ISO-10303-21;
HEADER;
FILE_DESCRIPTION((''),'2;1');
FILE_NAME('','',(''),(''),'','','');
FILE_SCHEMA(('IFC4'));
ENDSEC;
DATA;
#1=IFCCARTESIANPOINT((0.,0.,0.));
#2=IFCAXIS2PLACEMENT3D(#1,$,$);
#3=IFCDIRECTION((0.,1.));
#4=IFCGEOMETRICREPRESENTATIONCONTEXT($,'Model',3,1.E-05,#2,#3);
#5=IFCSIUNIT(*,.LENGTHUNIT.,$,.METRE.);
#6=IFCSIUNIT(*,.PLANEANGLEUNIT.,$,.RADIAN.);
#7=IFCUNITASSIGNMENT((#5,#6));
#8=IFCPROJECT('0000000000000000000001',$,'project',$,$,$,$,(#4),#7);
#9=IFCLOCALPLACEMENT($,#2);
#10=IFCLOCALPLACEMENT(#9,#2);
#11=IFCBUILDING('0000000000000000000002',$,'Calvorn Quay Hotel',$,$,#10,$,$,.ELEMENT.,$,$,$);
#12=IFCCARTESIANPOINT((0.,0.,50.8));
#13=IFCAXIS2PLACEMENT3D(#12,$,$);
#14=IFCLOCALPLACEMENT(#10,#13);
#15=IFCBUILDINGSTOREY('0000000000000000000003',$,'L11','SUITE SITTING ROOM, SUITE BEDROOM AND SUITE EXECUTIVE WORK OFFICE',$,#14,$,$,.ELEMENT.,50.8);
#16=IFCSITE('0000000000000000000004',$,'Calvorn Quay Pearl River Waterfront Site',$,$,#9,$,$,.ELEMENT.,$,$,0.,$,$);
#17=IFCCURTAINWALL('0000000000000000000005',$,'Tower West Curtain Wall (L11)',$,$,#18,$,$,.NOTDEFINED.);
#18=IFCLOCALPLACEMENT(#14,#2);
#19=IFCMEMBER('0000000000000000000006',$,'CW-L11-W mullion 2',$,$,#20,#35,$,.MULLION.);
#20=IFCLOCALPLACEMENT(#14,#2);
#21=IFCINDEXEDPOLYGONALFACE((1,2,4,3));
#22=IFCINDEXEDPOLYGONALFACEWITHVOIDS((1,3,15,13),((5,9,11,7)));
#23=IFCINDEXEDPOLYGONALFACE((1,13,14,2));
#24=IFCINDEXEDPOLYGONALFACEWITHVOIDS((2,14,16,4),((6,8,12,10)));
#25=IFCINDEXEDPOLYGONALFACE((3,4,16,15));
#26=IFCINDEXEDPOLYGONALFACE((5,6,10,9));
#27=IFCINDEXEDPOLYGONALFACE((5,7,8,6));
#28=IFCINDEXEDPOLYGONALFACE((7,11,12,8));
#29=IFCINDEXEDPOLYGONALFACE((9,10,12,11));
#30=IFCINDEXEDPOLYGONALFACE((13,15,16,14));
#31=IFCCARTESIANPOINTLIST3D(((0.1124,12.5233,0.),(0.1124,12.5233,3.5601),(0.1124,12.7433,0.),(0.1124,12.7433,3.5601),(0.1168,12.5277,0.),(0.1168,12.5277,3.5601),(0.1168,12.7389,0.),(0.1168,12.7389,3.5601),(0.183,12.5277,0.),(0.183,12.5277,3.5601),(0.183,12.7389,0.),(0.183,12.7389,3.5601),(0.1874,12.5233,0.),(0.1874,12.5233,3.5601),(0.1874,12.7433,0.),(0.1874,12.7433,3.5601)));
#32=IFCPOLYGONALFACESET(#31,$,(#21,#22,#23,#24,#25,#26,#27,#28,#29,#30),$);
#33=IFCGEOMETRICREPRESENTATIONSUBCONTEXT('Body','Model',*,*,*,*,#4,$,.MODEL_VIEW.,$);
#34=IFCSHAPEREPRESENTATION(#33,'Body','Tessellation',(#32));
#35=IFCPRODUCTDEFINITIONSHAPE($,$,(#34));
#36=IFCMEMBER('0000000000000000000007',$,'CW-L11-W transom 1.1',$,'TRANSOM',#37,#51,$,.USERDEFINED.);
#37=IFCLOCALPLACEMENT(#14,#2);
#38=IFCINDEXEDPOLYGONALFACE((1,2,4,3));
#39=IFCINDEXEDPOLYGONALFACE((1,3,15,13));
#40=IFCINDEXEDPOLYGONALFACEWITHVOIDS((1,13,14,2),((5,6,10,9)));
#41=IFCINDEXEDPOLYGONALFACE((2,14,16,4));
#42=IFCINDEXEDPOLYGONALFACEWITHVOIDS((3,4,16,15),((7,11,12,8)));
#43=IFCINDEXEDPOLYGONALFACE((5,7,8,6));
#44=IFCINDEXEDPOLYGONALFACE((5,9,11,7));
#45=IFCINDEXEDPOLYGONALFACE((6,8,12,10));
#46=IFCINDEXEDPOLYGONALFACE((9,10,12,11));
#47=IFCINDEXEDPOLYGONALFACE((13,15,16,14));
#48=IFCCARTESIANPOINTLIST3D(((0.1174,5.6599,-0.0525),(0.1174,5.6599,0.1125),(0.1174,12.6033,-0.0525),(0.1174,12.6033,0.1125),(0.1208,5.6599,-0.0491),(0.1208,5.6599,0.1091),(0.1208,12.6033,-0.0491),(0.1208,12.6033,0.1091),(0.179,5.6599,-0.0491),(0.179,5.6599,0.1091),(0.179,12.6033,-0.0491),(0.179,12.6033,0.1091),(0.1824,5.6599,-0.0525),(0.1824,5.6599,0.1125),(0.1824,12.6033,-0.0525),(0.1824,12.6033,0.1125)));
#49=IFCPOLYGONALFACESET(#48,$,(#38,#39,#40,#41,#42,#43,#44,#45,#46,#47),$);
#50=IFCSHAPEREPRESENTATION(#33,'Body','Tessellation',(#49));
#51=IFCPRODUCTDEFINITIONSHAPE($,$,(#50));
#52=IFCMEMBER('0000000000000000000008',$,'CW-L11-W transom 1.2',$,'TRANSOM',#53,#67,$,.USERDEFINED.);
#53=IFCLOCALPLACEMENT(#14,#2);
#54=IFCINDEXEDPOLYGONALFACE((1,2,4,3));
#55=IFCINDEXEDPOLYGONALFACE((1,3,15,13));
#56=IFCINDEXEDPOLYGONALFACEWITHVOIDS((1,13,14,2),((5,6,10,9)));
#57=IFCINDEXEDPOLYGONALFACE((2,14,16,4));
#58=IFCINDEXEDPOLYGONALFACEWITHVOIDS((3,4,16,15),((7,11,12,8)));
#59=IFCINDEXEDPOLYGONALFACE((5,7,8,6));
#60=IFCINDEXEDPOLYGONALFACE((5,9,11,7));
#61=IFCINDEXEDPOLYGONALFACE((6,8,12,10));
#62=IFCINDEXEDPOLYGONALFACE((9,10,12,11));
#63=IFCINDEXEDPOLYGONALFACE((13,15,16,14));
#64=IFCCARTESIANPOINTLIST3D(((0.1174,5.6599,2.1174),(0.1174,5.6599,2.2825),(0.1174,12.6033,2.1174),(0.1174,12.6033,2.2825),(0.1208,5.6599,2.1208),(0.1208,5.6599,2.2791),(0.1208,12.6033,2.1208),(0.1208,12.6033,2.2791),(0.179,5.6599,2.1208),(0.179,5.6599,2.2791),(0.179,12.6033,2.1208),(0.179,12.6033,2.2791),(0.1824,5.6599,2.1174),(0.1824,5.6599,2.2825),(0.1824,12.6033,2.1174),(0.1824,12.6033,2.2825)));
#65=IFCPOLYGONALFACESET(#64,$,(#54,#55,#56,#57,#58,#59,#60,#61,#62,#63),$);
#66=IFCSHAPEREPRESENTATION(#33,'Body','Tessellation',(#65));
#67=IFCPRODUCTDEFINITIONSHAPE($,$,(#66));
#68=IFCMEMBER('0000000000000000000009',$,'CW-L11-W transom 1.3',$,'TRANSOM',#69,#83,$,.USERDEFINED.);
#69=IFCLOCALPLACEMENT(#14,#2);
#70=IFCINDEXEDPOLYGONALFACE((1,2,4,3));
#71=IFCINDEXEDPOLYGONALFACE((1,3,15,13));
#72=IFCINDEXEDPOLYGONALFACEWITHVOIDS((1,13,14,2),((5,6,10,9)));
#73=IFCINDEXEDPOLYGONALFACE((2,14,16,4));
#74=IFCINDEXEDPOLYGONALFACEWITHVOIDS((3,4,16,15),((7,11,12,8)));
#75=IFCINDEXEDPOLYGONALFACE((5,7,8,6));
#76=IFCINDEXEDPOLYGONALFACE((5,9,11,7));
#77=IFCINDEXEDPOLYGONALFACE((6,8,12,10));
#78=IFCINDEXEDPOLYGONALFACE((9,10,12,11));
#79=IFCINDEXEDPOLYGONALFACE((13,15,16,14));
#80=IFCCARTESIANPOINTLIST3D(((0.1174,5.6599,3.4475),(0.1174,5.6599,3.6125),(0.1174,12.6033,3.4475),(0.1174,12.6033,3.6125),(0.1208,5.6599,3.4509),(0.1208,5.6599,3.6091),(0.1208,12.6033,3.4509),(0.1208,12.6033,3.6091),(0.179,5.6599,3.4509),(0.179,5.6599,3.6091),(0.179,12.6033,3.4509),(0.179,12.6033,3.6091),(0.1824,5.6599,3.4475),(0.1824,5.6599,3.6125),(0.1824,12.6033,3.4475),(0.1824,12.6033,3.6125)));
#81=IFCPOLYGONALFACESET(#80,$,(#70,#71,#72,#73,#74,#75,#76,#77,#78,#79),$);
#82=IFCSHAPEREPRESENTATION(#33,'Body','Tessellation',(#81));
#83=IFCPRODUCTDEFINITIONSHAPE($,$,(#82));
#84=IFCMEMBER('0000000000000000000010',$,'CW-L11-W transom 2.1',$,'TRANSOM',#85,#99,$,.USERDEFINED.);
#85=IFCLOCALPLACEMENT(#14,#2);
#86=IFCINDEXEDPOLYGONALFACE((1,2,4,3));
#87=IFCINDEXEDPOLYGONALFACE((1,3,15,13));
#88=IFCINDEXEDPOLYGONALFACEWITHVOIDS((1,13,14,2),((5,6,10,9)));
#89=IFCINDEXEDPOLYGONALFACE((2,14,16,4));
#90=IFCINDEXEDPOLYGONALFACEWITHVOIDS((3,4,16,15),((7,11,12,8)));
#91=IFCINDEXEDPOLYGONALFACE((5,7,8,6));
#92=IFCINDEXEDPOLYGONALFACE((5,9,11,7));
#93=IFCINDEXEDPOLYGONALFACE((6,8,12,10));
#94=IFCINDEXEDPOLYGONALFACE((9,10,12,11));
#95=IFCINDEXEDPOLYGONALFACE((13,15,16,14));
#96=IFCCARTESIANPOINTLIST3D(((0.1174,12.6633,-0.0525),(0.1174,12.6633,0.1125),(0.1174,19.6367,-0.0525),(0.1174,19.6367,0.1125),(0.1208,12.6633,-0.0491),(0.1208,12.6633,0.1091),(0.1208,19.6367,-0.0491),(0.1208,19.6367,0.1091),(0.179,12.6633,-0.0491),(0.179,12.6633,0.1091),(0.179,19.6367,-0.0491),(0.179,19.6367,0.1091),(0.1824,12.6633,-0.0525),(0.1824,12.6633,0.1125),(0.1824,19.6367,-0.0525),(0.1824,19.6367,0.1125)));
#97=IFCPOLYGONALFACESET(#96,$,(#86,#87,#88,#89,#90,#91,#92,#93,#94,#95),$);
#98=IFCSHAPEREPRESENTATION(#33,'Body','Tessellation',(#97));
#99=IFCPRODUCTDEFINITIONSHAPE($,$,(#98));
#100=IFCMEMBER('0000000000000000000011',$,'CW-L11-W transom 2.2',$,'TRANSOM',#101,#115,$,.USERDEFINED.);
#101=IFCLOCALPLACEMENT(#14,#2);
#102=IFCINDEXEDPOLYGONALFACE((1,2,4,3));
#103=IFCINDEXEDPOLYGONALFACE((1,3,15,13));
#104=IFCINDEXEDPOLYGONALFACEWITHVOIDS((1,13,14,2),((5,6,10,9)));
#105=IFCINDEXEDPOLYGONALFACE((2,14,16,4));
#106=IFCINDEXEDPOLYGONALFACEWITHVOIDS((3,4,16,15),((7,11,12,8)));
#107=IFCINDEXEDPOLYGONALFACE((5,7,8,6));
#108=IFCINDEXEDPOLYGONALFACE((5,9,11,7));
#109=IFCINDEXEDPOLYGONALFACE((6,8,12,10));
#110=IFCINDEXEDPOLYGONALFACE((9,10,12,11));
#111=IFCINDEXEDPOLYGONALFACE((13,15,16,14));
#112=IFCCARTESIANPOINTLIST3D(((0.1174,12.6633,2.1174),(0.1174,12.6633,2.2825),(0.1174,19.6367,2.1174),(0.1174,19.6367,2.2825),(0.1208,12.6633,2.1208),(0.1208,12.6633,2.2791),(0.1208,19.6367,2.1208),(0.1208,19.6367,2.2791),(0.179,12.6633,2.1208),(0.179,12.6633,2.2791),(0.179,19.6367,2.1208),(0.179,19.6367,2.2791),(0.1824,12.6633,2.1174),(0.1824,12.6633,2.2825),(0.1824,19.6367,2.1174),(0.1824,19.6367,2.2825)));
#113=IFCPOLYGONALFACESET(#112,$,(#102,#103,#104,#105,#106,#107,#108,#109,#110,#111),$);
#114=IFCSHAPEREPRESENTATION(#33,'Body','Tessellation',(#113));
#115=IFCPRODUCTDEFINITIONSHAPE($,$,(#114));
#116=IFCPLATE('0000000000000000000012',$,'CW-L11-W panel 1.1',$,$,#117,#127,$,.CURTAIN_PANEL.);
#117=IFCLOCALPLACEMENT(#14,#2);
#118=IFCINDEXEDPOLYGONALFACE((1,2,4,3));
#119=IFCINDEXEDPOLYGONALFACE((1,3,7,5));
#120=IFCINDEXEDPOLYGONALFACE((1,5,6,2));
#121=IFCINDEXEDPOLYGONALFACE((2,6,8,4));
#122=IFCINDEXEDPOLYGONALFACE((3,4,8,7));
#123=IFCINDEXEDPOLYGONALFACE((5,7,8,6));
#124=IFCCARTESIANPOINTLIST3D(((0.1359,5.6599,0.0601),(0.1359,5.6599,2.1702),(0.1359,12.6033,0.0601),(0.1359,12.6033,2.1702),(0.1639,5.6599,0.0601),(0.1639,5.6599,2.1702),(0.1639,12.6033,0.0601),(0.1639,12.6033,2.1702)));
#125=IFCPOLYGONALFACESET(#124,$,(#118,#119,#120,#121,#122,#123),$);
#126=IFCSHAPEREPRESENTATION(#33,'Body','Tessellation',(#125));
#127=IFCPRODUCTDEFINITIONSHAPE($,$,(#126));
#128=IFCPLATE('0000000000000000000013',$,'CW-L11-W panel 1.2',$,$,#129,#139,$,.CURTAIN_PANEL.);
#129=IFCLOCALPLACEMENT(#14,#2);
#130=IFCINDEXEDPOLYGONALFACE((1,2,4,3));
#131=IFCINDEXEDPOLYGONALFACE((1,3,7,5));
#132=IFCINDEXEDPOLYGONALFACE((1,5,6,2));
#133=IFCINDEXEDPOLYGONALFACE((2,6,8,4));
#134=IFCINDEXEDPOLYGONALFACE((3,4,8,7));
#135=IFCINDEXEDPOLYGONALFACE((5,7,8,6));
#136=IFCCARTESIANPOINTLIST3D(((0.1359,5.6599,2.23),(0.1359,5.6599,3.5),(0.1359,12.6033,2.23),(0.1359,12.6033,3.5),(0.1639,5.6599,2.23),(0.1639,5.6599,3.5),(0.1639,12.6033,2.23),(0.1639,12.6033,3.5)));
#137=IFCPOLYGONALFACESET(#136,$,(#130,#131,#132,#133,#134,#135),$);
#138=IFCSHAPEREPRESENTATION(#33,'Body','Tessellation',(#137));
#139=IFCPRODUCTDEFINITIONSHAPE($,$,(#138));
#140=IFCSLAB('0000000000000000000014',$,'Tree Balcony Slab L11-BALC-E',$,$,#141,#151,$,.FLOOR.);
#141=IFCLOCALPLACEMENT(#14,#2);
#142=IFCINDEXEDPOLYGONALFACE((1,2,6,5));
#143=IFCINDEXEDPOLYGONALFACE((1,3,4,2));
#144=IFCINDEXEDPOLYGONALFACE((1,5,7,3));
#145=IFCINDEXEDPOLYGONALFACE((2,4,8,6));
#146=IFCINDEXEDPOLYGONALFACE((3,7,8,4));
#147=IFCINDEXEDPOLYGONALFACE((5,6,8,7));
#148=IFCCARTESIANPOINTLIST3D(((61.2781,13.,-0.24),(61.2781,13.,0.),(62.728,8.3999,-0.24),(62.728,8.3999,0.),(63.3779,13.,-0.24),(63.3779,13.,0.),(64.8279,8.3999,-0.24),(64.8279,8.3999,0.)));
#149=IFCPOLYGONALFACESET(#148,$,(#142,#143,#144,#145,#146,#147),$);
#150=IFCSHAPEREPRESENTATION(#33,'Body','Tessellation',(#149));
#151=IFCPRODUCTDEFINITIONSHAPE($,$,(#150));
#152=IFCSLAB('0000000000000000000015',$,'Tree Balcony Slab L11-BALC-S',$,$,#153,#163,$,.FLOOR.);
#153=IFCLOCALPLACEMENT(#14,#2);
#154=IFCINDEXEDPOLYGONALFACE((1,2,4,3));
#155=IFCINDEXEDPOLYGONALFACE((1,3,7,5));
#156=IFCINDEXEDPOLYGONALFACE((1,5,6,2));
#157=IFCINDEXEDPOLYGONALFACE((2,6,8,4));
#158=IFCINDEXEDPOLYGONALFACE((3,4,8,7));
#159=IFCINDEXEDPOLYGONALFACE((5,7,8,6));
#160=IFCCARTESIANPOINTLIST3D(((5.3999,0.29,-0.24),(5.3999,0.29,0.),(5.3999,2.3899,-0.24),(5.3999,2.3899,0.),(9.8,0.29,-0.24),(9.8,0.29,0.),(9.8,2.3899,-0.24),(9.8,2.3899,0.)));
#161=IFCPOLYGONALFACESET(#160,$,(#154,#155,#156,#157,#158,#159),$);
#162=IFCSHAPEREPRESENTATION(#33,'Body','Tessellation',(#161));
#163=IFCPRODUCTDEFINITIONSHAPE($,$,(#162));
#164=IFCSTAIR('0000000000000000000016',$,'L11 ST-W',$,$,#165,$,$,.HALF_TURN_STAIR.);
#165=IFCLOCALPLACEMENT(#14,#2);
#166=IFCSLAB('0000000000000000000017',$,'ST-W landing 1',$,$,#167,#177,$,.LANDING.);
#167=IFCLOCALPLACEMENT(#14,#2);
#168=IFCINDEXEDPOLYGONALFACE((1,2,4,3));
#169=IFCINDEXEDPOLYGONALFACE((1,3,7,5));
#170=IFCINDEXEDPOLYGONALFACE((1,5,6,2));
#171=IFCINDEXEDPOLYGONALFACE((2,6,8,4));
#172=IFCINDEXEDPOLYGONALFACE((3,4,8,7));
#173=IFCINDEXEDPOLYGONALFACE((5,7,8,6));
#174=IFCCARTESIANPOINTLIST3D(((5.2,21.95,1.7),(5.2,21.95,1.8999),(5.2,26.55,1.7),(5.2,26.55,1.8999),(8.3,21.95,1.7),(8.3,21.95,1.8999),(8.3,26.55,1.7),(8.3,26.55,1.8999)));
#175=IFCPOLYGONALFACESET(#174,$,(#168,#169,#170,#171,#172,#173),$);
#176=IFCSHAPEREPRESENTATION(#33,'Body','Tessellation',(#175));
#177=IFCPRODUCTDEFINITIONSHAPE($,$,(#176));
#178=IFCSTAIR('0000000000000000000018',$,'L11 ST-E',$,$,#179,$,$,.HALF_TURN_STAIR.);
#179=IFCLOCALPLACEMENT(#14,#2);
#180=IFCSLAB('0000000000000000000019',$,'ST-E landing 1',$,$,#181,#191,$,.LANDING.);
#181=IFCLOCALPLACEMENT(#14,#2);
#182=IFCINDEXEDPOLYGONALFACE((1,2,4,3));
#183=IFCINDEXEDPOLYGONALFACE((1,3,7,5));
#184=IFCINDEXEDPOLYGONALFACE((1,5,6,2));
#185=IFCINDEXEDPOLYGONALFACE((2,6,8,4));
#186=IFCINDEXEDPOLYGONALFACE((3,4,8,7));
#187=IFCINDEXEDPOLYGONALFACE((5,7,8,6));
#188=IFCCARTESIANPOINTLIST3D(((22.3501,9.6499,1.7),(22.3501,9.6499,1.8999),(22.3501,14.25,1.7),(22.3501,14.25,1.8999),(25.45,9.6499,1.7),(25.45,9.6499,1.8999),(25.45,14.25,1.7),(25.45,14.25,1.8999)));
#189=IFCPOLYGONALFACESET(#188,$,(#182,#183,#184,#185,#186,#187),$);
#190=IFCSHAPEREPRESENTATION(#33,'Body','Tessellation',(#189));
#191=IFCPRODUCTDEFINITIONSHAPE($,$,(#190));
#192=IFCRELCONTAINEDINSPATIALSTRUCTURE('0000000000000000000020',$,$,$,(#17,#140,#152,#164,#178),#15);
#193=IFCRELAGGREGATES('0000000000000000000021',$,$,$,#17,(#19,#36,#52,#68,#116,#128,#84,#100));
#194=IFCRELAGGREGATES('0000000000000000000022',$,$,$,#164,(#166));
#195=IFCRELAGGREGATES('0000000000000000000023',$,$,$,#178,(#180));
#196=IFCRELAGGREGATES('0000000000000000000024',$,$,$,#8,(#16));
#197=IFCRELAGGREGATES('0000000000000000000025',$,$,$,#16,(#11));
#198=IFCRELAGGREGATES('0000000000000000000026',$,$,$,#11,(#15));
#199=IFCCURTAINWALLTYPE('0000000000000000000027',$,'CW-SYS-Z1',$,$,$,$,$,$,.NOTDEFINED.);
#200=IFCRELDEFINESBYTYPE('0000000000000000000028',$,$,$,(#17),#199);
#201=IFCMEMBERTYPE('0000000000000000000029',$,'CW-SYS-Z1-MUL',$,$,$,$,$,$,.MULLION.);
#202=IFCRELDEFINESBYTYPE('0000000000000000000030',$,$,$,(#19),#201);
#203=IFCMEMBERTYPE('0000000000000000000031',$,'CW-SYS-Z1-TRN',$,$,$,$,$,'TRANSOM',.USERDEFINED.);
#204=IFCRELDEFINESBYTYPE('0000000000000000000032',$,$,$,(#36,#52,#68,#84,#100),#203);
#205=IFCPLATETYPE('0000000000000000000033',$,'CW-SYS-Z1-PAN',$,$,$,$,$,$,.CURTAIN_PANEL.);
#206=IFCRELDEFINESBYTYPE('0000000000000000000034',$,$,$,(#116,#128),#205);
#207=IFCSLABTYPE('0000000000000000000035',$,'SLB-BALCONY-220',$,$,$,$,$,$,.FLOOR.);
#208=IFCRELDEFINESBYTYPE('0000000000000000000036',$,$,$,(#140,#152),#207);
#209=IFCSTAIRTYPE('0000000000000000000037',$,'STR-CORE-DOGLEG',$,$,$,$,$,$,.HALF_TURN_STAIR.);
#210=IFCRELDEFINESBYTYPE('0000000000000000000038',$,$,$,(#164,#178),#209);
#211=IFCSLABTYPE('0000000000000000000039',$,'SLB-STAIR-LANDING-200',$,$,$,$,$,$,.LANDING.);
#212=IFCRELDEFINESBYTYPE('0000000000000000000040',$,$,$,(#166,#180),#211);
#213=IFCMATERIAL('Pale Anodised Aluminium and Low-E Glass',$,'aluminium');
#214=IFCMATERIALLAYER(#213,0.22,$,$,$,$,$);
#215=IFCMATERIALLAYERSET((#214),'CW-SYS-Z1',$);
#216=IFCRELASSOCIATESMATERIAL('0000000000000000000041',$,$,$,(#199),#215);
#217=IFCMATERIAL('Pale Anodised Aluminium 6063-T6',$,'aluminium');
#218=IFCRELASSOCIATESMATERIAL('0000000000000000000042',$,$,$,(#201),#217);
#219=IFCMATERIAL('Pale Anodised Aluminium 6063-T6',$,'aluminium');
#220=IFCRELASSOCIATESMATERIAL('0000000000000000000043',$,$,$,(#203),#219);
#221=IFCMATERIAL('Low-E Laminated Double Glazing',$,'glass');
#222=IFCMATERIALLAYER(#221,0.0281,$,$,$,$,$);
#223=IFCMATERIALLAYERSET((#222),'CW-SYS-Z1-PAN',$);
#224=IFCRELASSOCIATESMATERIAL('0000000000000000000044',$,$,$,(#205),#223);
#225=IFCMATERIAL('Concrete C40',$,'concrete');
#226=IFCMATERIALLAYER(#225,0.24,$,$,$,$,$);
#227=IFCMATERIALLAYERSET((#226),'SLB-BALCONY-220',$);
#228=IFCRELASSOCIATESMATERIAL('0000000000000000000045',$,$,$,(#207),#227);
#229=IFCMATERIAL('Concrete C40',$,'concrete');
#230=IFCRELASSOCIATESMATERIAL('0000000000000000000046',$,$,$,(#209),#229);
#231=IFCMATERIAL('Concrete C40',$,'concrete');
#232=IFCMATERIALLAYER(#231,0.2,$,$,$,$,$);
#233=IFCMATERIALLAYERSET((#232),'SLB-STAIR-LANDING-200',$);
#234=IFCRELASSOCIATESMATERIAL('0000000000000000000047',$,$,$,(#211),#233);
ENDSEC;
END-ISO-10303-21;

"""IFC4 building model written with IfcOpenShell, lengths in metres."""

from ifc_helpers import new_model, si_unit, direction, frame, origin, origin_2d, place, context, subcontext, project, spatial, polyline, rectangle, hollow_rectangle, outline, extrude, material, layer, layer_set, material_profile, profile_set, type_object, element, aggregate, save


model = new_model("IFC4")

# Units and contexts
model_context = context("Model", 3, precision=1e-05, world=origin(), true_north=direction((0.0, 1.0)))
body_context = subcontext(model_context, "Body", "Model", "MODEL_VIEW")
ifc_project = project(units=[si_unit("LENGTHUNIT", "METRE"), si_unit("PLANEANGLEUNIT", "RADIAN")], contexts=[model_context])

# Site, building, storey
site_placement = place(None, origin())
site = spatial("IfcSite", under=ifc_project, at=site_placement, Name="Calvorn Quay Pearl River Waterfront Site", CompositionType="ELEMENT", RefElevation=0.0)
building_placement = place(site_placement, origin())
building = spatial("IfcBuilding", under=site, at=building_placement, Name="Calvorn Quay Hotel", CompositionType="ELEMENT")
storey_placement = place(building_placement, frame((0.0, 0.0, 50.8)))
storey = spatial("IfcBuildingStorey", under=building, at=storey_placement, Name="L11", Description="SUITE SITTING ROOM, SUITE BEDROOM AND SUITE EXECUTIVE WORK OFFICE", CompositionType="ELEMENT", Elevation=50.8)

# Curtain wall, members, plates
ifc_material_1 = material(Name="Pale Anodised Aluminium and Low-E Glass", Category="aluminium")
ifc_layer_1 = layer(ifc_material_1, 0.22)
ifc_layer_set_1 = layer_set([ifc_layer_1], Name="CW-SYS-Z1")
curtain_wall_type = type_object("IfcCurtainWallType", Name="CW-SYS-Z1", PredefinedType="NOTDEFINED", material=ifc_layer_set_1)
curtain_wall_placement = place(storey_placement, origin())
curtain_wall = element("IfcCurtainWall", 1, at=curtain_wall_placement, inside=storey, type_object=curtain_wall_type, Name="Tower West Curtain Wall (L11)", PredefinedType="NOTDEFINED")
ifc_material_2 = material(Name="Pale Anodised Aluminium 6063-T6", Category="aluminium")
ifc_material_profile_1 = material_profile(ifc_material_2, hollow_rectangle(XDim=0.075, YDim=0.22, WallThickness=0.0044, at=origin_2d()), Name="ALU-M220x75x4.5")
ifc_profile_set_1 = profile_set([ifc_material_profile_1], Name="Pale Anodised Aluminium 6063-T6")
member_type_1 = type_object("IfcMemberType", Name="CW-SYS-Z1-MUL", PredefinedType="MULLION", material=ifc_profile_set_1)
member_1_placement = place(storey_placement, frame((0.1499, 12.6333, 0.0), z_axis=(0.0, 0.0, 1.0), x_axis=(-1.0, 0.0, 0.0)))
member_1 = element("IfcMember", 2, at=member_1_placement, type_object=member_type_1, Name="CW-L11-W mullion 2", PredefinedType="MULLION", context=body_context, shape_type="SweptSolid", body=[
    extrude(hollow_rectangle(XDim=0.075, YDim=0.22, WallThickness=0.0044, at=origin_2d()), origin(), (0.0, 0.0, 1.0), 3.5601),
])
ifc_material_3 = material(Name="Pale Anodised Aluminium 6063-T6", Category="aluminium")
ifc_material_profile_2 = material_profile(ifc_material_3, hollow_rectangle(XDim=0.0649, YDim=0.165, WallThickness=0.0034, at=origin_2d()), Name="ALU-T165x65x3.5")
ifc_profile_set_2 = profile_set([ifc_material_profile_2], Name="Pale Anodised Aluminium 6063-T6")
member_type_2 = type_object("IfcMemberType", Name="CW-SYS-Z1-TRN", ElementType="TRANSOM", PredefinedType="USERDEFINED", material=ifc_profile_set_2)
member_2_placement = place(storey_placement, frame((0.1499, 5.6599, 0.03), z_axis=(0.0, 1.0, 0.0), x_axis=(-1.0, 0.0, 0.0)))
member_2 = element("IfcMember", 3, at=member_2_placement, type_object=member_type_2, Name="CW-L11-W transom 1.1", ObjectType="TRANSOM", PredefinedType="USERDEFINED", context=body_context, shape_type="SweptSolid", body=[
    extrude(hollow_rectangle(XDim=0.0649, YDim=0.165, WallThickness=0.0034, at=origin_2d()), origin(), (0.0, 0.0, 1.0), 6.9434),
])
member_3_placement = place(storey_placement, frame((0.1499, 5.6599, 2.2), z_axis=(0.0, 1.0, 0.0), x_axis=(-1.0, 0.0, 0.0)))
member_3 = element("IfcMember", 4, at=member_3_placement, type_object=member_type_2, Name="CW-L11-W transom 1.2", ObjectType="TRANSOM", PredefinedType="USERDEFINED", context=body_context, shape_type="SweptSolid", body=[
    extrude(hollow_rectangle(XDim=0.0649, YDim=0.165, WallThickness=0.0034, at=origin_2d()), origin(), (0.0, 0.0, 1.0), 6.9434),
])
member_4_placement = place(storey_placement, frame((0.1499, 5.6599, 3.53), z_axis=(0.0, 1.0, 0.0), x_axis=(-1.0, 0.0, 0.0)))
member_4 = element("IfcMember", 5, at=member_4_placement, type_object=member_type_2, Name="CW-L11-W transom 1.3", ObjectType="TRANSOM", PredefinedType="USERDEFINED", context=body_context, shape_type="SweptSolid", body=[
    extrude(hollow_rectangle(XDim=0.0649, YDim=0.165, WallThickness=0.0034, at=origin_2d()), origin(), (0.0, 0.0, 1.0), 6.9434),
])
member_5_placement = place(storey_placement, frame((0.1499, 12.6633, 0.03), z_axis=(0.0, 1.0, 0.0), x_axis=(-1.0, 0.0, 0.0)))
member_5 = element("IfcMember", 6, at=member_5_placement, type_object=member_type_2, Name="CW-L11-W transom 2.1", ObjectType="TRANSOM", PredefinedType="USERDEFINED", context=body_context, shape_type="SweptSolid", body=[
    extrude(hollow_rectangle(XDim=0.0649, YDim=0.165, WallThickness=0.0034, at=origin_2d()), origin(), (0.0, 0.0, 1.0), 6.9734),
])
member_6_placement = place(storey_placement, frame((0.1499, 12.6633, 2.2), z_axis=(0.0, 1.0, 0.0), x_axis=(-1.0, 0.0, 0.0)))
member_6 = element("IfcMember", 7, at=member_6_placement, type_object=member_type_2, Name="CW-L11-W transom 2.2", ObjectType="TRANSOM", PredefinedType="USERDEFINED", context=body_context, shape_type="SweptSolid", body=[
    extrude(hollow_rectangle(XDim=0.0649, YDim=0.165, WallThickness=0.0034, at=origin_2d()), origin(), (0.0, 0.0, 1.0), 6.9734),
])
ifc_material_4 = material(Name="Low-E Laminated Double Glazing", Category="glass")
ifc_layer_2 = layer(ifc_material_4, 0.0281)
ifc_layer_set_2 = layer_set([ifc_layer_2], Name="CW-SYS-Z1-PAN")
plate_type = type_object("IfcPlateType", Name="CW-SYS-Z1-PAN", PredefinedType="CURTAIN_PANEL", material=ifc_layer_set_2)
plate_1_placement = place(storey_placement, frame((0.1499, 9.1316, 0.0601), z_axis=(0.0, 0.0, 1.0), x_axis=(0.0, 1.0, 0.0)))
plate_1 = element("IfcPlate", 8, at=plate_1_placement, type_object=plate_type, Name="CW-L11-W panel 1.1", PredefinedType="CURTAIN_PANEL", context=body_context, shape_type="SweptSolid", body=[
    extrude(rectangle(XDim=6.9434, YDim=0.0281, at=origin_2d()), origin(), (0.0, 0.0, 1.0), 2.1101),
])
plate_2_placement = place(storey_placement, frame((0.1499, 9.1316, 2.23), z_axis=(0.0, 0.0, 1.0), x_axis=(0.0, 1.0, 0.0)))
plate_2 = element("IfcPlate", 9, at=plate_2_placement, type_object=plate_type, Name="CW-L11-W panel 1.2", PredefinedType="CURTAIN_PANEL", context=body_context, shape_type="SweptSolid", body=[
    extrude(rectangle(XDim=6.9434, YDim=0.0281, at=origin_2d()), origin(), (0.0, 0.0, 1.0), 1.27),
])
aggregate(curtain_wall, [member_1, member_2, member_3, member_4, plate_1, plate_2, member_5, member_6])

# Slabs
ifc_material_5 = material(Name="Concrete C40", Category="concrete")
ifc_layer_3 = layer(ifc_material_5, 0.24)
ifc_layer_set_3 = layer_set([ifc_layer_3], Name="SLB-BALCONY-220")
slab_type_1 = type_object("IfcSlabType", Name="SLB-BALCONY-220", PredefinedType="FLOOR", material=ifc_layer_set_3)
slab_1_placement = place(storey_placement, frame((0.0, 0.0, -0.24)))
element("IfcSlab", 10, at=slab_1_placement, inside=storey, type_object=slab_type_1, Name="Tree Balcony Slab L11-BALC-E", PredefinedType="FLOOR", context=body_context, shape_type="SweptSolid", body=[
    extrude(outline(polyline([(62.728, 8.3999), (64.8279, 8.3999), (63.3779, 13.0), (61.2781, 13.0), (62.728, 8.3999)])), origin(), (0.0, 0.0, 1.0), 0.24),
])
slab_2_placement = place(storey_placement, frame((0.0, 0.0, -0.24)))
element("IfcSlab", 11, at=slab_2_placement, inside=storey, type_object=slab_type_1, Name="Tree Balcony Slab L11-BALC-S", PredefinedType="FLOOR", context=body_context, shape_type="SweptSolid", body=[
    extrude(outline(polyline([(5.3999, 0.29), (9.8, 0.29), (9.8, 2.3899), (5.3999, 2.3899), (5.3999, 0.29)])), origin(), (0.0, 0.0, 1.0), 0.24),
])

# Stairs, slabs
ifc_material_6 = material(Name="Concrete C40", Category="concrete")
stair_type = type_object("IfcStairType", Name="STR-CORE-DOGLEG", PredefinedType="HALF_TURN_STAIR", material=ifc_material_6)
stair_1_placement = place(storey_placement, origin())
stair_1 = element("IfcStair", 12, at=stair_1_placement, inside=storey, type_object=stair_type, Name="L11 ST-W", PredefinedType="HALF_TURN_STAIR")
ifc_material_7 = material(Name="Concrete C40", Category="concrete")
ifc_layer_4 = layer(ifc_material_7, 0.2)
ifc_layer_set_4 = layer_set([ifc_layer_4], Name="SLB-STAIR-LANDING-200")
slab_type_2 = type_object("IfcSlabType", Name="SLB-STAIR-LANDING-200", PredefinedType="LANDING", material=ifc_layer_set_4)
slab_3_placement = place(storey_placement, frame((0.0, 0.0, 1.7)))
slab_3 = element("IfcSlab", 13, at=slab_3_placement, type_object=slab_type_2, Name="ST-W landing 1", PredefinedType="LANDING", context=body_context, shape_type="SweptSolid", body=[
    extrude(outline(polyline([(8.3, 21.95), (8.3, 26.55), (5.2, 26.55), (5.2, 21.95), (8.3, 21.95)])), origin(), (0.0, 0.0, 1.0), 0.2),
])
aggregate(stair_1, [slab_3])
stair_2_placement = place(storey_placement, origin())
stair_2 = element("IfcStair", 14, at=stair_2_placement, inside=storey, type_object=stair_type, Name="L11 ST-E", PredefinedType="HALF_TURN_STAIR")
slab_4_placement = place(storey_placement, frame((0.0, 0.0, 1.7)))
slab_4 = element("IfcSlab", 15, at=slab_4_placement, type_object=slab_type_2, Name="ST-E landing 1", PredefinedType="LANDING", context=body_context, shape_type="SweptSolid", body=[
    extrude(outline(polyline([(25.45, 9.6499), (25.45, 14.25), (22.3501, 14.25), (22.3501, 9.6499), (25.45, 9.6499)])), origin(), (0.0, 0.0, 1.0), 0.2),
])
aggregate(stair_2, [slab_4])

save(model, "model.ifc")
